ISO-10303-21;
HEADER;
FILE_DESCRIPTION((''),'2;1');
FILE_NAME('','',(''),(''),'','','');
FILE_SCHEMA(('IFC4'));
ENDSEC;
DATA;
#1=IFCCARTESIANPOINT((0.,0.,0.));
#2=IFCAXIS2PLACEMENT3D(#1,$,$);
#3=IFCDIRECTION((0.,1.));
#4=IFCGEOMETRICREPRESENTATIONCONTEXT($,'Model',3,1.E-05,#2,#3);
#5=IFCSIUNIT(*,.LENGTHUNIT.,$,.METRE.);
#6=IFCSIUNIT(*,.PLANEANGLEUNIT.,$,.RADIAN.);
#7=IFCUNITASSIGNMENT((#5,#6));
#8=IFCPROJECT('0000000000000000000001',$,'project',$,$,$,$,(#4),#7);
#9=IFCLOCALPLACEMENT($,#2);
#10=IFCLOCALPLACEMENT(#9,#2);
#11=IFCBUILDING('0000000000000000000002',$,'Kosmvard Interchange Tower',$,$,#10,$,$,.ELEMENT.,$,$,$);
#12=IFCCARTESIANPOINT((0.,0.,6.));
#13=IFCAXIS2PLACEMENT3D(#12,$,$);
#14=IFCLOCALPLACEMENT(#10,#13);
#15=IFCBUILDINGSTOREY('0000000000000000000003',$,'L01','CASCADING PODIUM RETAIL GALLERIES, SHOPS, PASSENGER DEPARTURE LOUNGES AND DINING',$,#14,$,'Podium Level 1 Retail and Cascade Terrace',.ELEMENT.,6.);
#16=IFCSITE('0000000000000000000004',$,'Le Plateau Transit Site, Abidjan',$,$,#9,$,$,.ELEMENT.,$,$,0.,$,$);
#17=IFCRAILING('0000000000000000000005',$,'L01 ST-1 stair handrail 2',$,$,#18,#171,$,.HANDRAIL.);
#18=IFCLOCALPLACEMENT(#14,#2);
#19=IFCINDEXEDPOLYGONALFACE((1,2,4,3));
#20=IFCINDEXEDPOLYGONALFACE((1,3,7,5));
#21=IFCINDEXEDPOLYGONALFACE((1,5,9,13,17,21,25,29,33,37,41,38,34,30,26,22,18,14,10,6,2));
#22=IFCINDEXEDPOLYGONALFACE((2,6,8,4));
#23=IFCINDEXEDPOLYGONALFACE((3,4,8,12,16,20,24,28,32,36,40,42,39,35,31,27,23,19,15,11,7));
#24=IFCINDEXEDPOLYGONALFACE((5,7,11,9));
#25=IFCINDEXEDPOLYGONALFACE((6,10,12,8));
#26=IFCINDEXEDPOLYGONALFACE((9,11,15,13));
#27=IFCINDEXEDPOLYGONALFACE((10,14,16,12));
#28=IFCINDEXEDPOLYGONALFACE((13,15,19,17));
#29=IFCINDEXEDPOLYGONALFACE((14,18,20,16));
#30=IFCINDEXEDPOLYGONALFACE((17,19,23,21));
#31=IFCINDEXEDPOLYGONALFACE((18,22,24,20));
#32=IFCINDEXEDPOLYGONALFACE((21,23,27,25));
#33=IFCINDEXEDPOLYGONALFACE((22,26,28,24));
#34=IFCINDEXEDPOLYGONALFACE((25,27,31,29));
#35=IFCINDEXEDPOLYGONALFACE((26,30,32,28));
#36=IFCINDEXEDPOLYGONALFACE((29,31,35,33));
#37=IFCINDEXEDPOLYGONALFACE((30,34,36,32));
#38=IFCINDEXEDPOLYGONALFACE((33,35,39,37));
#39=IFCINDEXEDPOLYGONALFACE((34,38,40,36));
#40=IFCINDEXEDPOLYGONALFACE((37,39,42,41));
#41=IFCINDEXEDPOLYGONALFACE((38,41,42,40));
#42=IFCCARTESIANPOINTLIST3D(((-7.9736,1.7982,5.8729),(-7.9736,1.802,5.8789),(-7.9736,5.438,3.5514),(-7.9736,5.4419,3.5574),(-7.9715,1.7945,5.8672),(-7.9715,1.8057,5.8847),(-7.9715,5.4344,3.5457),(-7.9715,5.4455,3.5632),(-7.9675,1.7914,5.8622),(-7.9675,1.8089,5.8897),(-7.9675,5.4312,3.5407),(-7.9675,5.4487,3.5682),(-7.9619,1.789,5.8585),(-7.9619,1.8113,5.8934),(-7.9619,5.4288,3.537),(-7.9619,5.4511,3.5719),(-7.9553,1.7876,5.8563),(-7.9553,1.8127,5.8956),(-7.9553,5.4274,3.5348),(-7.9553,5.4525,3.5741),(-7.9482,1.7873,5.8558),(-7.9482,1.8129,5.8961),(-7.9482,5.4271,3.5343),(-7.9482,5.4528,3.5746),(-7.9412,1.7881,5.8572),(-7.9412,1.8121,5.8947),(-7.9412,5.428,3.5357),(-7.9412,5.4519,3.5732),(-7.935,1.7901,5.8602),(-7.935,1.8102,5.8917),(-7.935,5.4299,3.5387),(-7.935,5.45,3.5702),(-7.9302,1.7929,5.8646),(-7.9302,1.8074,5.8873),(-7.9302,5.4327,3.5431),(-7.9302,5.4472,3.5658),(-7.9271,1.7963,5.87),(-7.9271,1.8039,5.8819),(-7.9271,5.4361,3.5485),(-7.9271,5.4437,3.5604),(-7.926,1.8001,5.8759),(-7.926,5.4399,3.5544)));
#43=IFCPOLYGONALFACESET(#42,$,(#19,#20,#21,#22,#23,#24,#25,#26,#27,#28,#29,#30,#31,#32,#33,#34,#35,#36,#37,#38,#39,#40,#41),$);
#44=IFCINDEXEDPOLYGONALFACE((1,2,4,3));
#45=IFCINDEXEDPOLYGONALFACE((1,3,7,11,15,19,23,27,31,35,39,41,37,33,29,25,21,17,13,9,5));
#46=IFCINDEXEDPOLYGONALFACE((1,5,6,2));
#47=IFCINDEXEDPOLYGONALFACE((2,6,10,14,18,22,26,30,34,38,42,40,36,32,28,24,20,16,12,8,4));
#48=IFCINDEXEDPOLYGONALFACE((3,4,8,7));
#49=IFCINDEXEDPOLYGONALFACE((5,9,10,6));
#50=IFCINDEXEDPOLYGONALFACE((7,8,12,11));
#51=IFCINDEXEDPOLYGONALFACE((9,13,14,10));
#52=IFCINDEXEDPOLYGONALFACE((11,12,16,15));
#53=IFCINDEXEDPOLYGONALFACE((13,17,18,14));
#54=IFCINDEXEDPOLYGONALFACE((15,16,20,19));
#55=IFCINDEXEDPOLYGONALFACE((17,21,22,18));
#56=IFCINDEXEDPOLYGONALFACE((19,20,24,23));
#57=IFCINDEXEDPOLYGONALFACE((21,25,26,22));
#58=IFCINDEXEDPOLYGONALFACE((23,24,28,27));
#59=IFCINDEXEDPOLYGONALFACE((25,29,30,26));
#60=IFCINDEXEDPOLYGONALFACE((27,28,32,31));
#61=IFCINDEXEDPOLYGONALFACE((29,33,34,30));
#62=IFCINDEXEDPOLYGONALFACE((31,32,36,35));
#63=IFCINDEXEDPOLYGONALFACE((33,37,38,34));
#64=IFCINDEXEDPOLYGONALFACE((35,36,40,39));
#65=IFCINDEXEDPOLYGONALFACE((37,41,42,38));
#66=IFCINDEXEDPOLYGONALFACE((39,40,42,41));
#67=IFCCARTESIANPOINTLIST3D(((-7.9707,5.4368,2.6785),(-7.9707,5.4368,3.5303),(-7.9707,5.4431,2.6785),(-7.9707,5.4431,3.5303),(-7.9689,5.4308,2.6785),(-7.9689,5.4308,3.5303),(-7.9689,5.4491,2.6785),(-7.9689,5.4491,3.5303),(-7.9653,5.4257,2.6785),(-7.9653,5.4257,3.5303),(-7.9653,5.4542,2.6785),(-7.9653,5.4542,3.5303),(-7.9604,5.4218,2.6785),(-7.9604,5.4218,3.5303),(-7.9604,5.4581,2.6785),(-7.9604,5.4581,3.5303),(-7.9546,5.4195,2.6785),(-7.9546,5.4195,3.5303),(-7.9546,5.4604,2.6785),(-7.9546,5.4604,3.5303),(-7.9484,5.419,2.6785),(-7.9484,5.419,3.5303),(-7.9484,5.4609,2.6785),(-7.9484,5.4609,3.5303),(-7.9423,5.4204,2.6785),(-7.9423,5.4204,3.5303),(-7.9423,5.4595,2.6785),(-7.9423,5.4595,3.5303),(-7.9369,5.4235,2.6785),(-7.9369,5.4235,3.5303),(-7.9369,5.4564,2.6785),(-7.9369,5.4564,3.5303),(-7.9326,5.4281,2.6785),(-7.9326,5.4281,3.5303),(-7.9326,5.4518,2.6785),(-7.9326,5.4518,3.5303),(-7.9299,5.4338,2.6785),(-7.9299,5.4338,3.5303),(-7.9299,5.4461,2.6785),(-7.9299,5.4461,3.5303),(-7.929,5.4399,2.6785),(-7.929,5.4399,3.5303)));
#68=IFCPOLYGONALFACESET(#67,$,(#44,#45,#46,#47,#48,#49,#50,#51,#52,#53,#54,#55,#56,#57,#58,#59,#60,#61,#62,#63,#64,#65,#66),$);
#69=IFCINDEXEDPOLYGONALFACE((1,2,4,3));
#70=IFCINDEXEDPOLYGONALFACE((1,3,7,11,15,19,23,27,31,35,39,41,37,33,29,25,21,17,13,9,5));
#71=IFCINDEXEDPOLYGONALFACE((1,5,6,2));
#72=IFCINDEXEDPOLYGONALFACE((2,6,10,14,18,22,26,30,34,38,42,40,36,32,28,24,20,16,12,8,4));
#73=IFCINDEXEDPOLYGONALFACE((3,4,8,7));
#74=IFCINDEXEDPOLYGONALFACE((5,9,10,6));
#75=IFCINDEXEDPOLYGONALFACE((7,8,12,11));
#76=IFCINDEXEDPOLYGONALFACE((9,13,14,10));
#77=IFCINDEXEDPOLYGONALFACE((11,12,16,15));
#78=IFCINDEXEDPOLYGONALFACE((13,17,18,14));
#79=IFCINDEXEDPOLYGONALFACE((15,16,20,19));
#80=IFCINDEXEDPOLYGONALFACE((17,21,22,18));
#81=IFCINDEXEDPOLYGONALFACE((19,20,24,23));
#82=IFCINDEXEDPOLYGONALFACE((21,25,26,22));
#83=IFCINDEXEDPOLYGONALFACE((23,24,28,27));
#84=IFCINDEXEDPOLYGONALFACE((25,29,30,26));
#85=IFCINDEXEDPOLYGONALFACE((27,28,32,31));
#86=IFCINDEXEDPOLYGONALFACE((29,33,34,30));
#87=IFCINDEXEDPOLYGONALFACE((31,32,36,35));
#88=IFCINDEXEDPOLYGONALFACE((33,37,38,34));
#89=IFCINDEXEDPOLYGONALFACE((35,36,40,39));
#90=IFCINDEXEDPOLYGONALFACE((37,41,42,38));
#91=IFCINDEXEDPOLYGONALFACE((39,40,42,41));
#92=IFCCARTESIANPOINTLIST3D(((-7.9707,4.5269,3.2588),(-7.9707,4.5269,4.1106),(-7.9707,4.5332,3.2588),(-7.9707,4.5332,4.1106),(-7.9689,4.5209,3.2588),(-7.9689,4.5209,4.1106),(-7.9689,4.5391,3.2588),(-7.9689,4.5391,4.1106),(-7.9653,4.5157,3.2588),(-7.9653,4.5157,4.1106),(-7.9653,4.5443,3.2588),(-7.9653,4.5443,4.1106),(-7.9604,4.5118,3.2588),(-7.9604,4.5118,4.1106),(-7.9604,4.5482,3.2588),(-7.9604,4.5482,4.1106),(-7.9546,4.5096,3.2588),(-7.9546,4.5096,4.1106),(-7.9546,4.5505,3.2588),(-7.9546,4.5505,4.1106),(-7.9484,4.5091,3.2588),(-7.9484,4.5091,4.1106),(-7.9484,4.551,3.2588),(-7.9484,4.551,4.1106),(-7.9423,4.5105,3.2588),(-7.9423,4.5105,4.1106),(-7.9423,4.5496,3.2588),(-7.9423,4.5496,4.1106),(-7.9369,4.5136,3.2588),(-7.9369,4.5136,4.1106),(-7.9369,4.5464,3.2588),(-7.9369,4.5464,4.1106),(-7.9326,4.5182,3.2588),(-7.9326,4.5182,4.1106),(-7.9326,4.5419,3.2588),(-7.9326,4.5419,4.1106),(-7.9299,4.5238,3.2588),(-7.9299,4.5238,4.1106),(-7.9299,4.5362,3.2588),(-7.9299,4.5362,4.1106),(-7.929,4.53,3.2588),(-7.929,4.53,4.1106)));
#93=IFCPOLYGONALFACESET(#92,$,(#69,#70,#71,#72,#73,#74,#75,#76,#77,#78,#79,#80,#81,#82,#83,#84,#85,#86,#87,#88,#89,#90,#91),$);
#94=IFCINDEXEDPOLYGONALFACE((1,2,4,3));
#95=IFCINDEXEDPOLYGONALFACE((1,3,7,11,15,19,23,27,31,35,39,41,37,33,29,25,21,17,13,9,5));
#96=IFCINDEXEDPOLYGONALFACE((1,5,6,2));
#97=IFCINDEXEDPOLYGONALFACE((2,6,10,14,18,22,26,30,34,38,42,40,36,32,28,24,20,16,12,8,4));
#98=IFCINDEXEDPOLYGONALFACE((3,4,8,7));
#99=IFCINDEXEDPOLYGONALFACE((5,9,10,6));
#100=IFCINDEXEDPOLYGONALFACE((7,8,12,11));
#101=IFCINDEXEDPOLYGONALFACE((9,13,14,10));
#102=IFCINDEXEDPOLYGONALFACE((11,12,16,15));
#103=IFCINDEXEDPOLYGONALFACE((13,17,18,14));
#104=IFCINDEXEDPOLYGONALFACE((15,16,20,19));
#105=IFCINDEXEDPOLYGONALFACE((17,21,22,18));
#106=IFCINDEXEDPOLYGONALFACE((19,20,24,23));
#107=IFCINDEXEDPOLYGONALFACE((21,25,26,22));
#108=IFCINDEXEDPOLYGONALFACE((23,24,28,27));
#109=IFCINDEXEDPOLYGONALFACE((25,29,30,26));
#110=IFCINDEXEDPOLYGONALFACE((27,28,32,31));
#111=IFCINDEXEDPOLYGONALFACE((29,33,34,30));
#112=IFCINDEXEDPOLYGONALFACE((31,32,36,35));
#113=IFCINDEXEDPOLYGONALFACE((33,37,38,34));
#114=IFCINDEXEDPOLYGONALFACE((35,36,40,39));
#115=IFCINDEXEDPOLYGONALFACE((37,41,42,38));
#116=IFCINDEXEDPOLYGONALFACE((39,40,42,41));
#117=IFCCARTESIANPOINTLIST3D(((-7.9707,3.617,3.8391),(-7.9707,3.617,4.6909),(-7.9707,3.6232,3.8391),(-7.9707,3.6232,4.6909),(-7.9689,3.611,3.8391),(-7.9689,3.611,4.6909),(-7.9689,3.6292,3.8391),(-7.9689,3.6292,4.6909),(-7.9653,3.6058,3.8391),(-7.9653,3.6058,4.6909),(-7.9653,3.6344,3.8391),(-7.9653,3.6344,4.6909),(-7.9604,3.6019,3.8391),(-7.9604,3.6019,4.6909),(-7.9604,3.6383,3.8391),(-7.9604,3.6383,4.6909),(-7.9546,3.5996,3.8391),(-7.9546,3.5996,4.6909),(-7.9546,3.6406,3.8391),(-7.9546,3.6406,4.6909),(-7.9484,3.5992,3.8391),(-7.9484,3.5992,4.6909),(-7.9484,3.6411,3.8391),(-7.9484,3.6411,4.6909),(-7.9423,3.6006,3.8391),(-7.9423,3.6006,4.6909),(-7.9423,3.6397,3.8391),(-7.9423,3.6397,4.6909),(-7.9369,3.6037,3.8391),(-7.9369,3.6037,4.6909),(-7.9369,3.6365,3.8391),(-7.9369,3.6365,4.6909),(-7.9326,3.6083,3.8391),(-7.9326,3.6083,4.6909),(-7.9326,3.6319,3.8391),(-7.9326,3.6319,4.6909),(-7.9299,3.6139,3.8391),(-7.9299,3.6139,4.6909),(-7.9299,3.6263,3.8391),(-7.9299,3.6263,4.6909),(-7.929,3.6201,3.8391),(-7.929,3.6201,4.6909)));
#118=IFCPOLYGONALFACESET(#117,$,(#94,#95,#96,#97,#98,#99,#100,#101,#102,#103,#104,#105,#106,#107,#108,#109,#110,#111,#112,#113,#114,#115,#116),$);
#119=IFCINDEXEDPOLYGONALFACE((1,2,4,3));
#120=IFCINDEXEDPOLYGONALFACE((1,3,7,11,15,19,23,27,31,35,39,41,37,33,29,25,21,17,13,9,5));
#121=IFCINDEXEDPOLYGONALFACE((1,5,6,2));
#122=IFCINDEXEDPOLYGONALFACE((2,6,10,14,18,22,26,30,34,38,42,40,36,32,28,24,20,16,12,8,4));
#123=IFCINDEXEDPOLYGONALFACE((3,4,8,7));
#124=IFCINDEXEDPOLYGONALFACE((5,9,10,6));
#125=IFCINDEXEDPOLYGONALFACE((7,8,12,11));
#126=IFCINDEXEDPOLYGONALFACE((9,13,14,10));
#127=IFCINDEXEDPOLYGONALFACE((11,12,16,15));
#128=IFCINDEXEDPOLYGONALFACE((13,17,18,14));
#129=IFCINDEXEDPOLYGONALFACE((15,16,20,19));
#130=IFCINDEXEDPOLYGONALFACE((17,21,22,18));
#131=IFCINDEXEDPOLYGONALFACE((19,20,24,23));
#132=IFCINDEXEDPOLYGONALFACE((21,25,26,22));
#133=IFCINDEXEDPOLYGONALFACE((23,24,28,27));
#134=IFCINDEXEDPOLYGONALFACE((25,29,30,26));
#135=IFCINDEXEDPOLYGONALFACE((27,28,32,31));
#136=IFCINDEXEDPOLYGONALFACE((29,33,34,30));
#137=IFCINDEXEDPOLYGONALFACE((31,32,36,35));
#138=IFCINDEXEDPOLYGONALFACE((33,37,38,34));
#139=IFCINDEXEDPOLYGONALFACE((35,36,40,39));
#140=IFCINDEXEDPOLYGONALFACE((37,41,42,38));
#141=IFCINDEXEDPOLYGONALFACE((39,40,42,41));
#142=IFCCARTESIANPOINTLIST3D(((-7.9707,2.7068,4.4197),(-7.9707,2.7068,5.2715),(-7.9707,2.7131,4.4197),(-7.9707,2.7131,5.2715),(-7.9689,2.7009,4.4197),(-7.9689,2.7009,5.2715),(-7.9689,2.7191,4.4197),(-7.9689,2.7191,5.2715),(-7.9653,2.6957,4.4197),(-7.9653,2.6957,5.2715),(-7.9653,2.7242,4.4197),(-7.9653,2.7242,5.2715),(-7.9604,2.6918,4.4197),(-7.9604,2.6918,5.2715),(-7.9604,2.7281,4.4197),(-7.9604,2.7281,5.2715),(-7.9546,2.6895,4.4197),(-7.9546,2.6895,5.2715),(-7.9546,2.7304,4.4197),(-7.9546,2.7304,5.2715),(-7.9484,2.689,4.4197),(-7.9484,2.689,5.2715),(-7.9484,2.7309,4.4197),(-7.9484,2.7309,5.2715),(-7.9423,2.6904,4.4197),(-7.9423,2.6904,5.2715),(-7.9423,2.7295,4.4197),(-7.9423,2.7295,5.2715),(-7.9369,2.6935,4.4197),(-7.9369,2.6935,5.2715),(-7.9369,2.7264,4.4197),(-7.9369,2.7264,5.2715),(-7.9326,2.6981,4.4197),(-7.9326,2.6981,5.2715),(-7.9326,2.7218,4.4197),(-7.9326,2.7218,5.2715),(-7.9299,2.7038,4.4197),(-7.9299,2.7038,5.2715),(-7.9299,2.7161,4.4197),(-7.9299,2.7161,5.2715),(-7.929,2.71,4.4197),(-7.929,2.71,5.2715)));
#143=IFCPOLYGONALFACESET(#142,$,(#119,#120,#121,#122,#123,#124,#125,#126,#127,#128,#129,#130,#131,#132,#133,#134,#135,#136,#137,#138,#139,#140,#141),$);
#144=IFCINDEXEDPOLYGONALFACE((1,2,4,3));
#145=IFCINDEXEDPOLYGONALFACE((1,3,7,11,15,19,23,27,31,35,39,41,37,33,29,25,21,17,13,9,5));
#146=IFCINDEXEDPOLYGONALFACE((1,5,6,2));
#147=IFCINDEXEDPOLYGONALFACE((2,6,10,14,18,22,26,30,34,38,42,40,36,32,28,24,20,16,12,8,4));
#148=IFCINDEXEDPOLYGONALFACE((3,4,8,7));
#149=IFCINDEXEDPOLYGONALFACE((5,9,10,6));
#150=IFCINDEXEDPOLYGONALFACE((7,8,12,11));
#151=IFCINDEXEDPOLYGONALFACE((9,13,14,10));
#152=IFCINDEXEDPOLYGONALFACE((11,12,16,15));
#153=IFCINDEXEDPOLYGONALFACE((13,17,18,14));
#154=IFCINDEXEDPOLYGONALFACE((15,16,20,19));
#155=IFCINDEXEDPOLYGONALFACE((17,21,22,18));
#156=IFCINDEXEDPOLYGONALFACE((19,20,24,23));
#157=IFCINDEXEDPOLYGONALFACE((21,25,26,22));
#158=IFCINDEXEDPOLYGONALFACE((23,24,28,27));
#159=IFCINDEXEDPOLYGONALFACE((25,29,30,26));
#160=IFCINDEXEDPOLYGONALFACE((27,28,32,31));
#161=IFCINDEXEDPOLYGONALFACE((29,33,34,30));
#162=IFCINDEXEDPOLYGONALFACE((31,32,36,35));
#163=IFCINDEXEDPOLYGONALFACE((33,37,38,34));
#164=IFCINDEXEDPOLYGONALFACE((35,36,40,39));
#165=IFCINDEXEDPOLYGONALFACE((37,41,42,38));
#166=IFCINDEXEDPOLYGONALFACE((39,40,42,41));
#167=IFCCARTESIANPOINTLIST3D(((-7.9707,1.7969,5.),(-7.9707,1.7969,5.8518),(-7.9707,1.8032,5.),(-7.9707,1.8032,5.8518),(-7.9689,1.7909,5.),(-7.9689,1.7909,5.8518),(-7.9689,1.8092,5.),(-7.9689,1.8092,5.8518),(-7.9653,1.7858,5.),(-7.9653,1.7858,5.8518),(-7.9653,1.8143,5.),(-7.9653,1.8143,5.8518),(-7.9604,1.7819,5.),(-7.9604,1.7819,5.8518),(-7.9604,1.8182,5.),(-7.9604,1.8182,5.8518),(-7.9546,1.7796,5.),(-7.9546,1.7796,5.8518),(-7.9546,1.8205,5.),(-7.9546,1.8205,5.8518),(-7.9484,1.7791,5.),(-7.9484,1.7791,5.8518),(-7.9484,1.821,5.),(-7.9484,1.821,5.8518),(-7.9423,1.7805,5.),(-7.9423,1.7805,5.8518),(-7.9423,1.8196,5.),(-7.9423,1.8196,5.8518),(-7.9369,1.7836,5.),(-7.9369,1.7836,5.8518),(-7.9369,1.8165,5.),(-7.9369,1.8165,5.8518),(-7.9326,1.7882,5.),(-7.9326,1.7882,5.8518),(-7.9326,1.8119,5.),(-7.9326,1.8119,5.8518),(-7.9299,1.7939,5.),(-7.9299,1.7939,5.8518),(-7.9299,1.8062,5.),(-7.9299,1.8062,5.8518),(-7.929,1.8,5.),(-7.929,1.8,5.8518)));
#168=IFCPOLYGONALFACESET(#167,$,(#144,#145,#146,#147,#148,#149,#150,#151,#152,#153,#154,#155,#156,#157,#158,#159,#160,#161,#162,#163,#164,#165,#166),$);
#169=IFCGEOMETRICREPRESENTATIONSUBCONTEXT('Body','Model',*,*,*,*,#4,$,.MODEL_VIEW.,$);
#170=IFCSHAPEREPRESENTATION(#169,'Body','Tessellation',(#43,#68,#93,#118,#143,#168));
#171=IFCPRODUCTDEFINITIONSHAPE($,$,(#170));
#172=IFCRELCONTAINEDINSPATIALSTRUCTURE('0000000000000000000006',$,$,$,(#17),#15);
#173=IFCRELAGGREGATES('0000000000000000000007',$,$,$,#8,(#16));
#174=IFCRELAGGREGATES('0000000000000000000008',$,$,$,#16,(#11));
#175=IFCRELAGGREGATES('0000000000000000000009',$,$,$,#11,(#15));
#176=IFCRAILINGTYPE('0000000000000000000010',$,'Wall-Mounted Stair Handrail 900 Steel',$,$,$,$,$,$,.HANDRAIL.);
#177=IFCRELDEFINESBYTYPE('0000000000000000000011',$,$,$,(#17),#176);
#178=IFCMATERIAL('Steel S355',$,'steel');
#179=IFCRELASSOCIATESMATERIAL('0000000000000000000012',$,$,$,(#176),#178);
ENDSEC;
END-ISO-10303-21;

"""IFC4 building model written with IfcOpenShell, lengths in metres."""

from ifc_helpers import new_model, si_unit, direction, frame, origin, origin_2d, place, context, subcontext, project, spatial, circle, extrude, source, transform, mapped, material, type_object, element, save


model = new_model("IFC4")

# Units and contexts
model_context = context("Model", 3, precision=1e-05, world=origin(), true_north=direction((0.0, 1.0)))
body_context = subcontext(model_context, "Body", "Model", "MODEL_VIEW")
ifc_project = project(units=[si_unit("LENGTHUNIT", "METRE"), si_unit("PLANEANGLEUNIT", "RADIAN")], contexts=[model_context])

# Site, building, storey
site_placement = place(None, origin())
site = spatial("IfcSite", under=ifc_project, at=site_placement, Name="Le Plateau Transit Site, Abidjan", CompositionType="ELEMENT", RefElevation=0.0)
building_placement = place(site_placement, origin())
building = spatial("IfcBuilding", under=site, at=building_placement, Name="Kosmvard Interchange Tower", CompositionType="ELEMENT")
storey_placement = place(building_placement, frame((0.0, 0.0, 6.0)))
storey = spatial("IfcBuildingStorey", under=building, at=storey_placement, Name="L01", Description="CASCADING PODIUM RETAIL GALLERIES, SHOPS, PASSENGER DEPARTURE LOUNGES AND DINING", LongName="Podium Level 1 Retail and Cascade Terrace", CompositionType="ELEMENT", Elevation=6.0)

# Shared definitions
ifc_material_1 = material(Name="Steel S355", Category="steel")

# Railing
railing_type_1 = type_object("IfcRailingType", Name="Wall-Mounted Stair Handrail 900 Steel", PredefinedType="HANDRAIL", material=ifc_material_1)
shared_shape_1 = source(origin(), body_context, "Body", "SweptSolid", [
    extrude(circle(Radius=0.0239, at=origin_2d()), frame((0.0, 0.0, 0.876), z_axis=(0.0, -0.843112, 0.537739), x_axis=(1.0, 0.0, 0.0)), (0.0, 0.0, 1.0), 4.3171),
    extrude(circle(Radius=0.021, at=origin_2d()), origin(), (0.0, 0.0, 1.0), 0.8518),
    extrude(circle(Radius=0.021, at=origin_2d()), frame((0.0, -0.9099, 0.5803)), (0.0, 0.0, 1.0), 0.8518),
    extrude(circle(Radius=0.021, at=origin_2d()), frame((0.0, -1.8198, 1.1606)), (0.0, 0.0, 1.0), 0.8518),
    extrude(circle(Radius=0.021, at=origin_2d()), frame((0.0, -2.73, 1.7412)), (0.0, 0.0, 1.0), 0.8518),
    extrude(circle(Radius=0.021, at=origin_2d()), frame((0.0, -3.6399, 2.3215)), (0.0, 0.0, 1.0), 0.8518),
])
railing_1_placement = place(storey_placement, frame((-7.95, 5.4399, 2.6785)))
element("IfcRailing", 1, at=railing_1_placement, inside=storey, type_object=railing_type_1, Name="L01 ST-1 stair handrail 2", PredefinedType="HANDRAIL", context=body_context, shape_type="MappedRepresentation", body=[
    mapped(shared_shape_1, transform((0.0, 0.0, 0.0), scale=1.0)),
])

save(model, "model.ifc")
